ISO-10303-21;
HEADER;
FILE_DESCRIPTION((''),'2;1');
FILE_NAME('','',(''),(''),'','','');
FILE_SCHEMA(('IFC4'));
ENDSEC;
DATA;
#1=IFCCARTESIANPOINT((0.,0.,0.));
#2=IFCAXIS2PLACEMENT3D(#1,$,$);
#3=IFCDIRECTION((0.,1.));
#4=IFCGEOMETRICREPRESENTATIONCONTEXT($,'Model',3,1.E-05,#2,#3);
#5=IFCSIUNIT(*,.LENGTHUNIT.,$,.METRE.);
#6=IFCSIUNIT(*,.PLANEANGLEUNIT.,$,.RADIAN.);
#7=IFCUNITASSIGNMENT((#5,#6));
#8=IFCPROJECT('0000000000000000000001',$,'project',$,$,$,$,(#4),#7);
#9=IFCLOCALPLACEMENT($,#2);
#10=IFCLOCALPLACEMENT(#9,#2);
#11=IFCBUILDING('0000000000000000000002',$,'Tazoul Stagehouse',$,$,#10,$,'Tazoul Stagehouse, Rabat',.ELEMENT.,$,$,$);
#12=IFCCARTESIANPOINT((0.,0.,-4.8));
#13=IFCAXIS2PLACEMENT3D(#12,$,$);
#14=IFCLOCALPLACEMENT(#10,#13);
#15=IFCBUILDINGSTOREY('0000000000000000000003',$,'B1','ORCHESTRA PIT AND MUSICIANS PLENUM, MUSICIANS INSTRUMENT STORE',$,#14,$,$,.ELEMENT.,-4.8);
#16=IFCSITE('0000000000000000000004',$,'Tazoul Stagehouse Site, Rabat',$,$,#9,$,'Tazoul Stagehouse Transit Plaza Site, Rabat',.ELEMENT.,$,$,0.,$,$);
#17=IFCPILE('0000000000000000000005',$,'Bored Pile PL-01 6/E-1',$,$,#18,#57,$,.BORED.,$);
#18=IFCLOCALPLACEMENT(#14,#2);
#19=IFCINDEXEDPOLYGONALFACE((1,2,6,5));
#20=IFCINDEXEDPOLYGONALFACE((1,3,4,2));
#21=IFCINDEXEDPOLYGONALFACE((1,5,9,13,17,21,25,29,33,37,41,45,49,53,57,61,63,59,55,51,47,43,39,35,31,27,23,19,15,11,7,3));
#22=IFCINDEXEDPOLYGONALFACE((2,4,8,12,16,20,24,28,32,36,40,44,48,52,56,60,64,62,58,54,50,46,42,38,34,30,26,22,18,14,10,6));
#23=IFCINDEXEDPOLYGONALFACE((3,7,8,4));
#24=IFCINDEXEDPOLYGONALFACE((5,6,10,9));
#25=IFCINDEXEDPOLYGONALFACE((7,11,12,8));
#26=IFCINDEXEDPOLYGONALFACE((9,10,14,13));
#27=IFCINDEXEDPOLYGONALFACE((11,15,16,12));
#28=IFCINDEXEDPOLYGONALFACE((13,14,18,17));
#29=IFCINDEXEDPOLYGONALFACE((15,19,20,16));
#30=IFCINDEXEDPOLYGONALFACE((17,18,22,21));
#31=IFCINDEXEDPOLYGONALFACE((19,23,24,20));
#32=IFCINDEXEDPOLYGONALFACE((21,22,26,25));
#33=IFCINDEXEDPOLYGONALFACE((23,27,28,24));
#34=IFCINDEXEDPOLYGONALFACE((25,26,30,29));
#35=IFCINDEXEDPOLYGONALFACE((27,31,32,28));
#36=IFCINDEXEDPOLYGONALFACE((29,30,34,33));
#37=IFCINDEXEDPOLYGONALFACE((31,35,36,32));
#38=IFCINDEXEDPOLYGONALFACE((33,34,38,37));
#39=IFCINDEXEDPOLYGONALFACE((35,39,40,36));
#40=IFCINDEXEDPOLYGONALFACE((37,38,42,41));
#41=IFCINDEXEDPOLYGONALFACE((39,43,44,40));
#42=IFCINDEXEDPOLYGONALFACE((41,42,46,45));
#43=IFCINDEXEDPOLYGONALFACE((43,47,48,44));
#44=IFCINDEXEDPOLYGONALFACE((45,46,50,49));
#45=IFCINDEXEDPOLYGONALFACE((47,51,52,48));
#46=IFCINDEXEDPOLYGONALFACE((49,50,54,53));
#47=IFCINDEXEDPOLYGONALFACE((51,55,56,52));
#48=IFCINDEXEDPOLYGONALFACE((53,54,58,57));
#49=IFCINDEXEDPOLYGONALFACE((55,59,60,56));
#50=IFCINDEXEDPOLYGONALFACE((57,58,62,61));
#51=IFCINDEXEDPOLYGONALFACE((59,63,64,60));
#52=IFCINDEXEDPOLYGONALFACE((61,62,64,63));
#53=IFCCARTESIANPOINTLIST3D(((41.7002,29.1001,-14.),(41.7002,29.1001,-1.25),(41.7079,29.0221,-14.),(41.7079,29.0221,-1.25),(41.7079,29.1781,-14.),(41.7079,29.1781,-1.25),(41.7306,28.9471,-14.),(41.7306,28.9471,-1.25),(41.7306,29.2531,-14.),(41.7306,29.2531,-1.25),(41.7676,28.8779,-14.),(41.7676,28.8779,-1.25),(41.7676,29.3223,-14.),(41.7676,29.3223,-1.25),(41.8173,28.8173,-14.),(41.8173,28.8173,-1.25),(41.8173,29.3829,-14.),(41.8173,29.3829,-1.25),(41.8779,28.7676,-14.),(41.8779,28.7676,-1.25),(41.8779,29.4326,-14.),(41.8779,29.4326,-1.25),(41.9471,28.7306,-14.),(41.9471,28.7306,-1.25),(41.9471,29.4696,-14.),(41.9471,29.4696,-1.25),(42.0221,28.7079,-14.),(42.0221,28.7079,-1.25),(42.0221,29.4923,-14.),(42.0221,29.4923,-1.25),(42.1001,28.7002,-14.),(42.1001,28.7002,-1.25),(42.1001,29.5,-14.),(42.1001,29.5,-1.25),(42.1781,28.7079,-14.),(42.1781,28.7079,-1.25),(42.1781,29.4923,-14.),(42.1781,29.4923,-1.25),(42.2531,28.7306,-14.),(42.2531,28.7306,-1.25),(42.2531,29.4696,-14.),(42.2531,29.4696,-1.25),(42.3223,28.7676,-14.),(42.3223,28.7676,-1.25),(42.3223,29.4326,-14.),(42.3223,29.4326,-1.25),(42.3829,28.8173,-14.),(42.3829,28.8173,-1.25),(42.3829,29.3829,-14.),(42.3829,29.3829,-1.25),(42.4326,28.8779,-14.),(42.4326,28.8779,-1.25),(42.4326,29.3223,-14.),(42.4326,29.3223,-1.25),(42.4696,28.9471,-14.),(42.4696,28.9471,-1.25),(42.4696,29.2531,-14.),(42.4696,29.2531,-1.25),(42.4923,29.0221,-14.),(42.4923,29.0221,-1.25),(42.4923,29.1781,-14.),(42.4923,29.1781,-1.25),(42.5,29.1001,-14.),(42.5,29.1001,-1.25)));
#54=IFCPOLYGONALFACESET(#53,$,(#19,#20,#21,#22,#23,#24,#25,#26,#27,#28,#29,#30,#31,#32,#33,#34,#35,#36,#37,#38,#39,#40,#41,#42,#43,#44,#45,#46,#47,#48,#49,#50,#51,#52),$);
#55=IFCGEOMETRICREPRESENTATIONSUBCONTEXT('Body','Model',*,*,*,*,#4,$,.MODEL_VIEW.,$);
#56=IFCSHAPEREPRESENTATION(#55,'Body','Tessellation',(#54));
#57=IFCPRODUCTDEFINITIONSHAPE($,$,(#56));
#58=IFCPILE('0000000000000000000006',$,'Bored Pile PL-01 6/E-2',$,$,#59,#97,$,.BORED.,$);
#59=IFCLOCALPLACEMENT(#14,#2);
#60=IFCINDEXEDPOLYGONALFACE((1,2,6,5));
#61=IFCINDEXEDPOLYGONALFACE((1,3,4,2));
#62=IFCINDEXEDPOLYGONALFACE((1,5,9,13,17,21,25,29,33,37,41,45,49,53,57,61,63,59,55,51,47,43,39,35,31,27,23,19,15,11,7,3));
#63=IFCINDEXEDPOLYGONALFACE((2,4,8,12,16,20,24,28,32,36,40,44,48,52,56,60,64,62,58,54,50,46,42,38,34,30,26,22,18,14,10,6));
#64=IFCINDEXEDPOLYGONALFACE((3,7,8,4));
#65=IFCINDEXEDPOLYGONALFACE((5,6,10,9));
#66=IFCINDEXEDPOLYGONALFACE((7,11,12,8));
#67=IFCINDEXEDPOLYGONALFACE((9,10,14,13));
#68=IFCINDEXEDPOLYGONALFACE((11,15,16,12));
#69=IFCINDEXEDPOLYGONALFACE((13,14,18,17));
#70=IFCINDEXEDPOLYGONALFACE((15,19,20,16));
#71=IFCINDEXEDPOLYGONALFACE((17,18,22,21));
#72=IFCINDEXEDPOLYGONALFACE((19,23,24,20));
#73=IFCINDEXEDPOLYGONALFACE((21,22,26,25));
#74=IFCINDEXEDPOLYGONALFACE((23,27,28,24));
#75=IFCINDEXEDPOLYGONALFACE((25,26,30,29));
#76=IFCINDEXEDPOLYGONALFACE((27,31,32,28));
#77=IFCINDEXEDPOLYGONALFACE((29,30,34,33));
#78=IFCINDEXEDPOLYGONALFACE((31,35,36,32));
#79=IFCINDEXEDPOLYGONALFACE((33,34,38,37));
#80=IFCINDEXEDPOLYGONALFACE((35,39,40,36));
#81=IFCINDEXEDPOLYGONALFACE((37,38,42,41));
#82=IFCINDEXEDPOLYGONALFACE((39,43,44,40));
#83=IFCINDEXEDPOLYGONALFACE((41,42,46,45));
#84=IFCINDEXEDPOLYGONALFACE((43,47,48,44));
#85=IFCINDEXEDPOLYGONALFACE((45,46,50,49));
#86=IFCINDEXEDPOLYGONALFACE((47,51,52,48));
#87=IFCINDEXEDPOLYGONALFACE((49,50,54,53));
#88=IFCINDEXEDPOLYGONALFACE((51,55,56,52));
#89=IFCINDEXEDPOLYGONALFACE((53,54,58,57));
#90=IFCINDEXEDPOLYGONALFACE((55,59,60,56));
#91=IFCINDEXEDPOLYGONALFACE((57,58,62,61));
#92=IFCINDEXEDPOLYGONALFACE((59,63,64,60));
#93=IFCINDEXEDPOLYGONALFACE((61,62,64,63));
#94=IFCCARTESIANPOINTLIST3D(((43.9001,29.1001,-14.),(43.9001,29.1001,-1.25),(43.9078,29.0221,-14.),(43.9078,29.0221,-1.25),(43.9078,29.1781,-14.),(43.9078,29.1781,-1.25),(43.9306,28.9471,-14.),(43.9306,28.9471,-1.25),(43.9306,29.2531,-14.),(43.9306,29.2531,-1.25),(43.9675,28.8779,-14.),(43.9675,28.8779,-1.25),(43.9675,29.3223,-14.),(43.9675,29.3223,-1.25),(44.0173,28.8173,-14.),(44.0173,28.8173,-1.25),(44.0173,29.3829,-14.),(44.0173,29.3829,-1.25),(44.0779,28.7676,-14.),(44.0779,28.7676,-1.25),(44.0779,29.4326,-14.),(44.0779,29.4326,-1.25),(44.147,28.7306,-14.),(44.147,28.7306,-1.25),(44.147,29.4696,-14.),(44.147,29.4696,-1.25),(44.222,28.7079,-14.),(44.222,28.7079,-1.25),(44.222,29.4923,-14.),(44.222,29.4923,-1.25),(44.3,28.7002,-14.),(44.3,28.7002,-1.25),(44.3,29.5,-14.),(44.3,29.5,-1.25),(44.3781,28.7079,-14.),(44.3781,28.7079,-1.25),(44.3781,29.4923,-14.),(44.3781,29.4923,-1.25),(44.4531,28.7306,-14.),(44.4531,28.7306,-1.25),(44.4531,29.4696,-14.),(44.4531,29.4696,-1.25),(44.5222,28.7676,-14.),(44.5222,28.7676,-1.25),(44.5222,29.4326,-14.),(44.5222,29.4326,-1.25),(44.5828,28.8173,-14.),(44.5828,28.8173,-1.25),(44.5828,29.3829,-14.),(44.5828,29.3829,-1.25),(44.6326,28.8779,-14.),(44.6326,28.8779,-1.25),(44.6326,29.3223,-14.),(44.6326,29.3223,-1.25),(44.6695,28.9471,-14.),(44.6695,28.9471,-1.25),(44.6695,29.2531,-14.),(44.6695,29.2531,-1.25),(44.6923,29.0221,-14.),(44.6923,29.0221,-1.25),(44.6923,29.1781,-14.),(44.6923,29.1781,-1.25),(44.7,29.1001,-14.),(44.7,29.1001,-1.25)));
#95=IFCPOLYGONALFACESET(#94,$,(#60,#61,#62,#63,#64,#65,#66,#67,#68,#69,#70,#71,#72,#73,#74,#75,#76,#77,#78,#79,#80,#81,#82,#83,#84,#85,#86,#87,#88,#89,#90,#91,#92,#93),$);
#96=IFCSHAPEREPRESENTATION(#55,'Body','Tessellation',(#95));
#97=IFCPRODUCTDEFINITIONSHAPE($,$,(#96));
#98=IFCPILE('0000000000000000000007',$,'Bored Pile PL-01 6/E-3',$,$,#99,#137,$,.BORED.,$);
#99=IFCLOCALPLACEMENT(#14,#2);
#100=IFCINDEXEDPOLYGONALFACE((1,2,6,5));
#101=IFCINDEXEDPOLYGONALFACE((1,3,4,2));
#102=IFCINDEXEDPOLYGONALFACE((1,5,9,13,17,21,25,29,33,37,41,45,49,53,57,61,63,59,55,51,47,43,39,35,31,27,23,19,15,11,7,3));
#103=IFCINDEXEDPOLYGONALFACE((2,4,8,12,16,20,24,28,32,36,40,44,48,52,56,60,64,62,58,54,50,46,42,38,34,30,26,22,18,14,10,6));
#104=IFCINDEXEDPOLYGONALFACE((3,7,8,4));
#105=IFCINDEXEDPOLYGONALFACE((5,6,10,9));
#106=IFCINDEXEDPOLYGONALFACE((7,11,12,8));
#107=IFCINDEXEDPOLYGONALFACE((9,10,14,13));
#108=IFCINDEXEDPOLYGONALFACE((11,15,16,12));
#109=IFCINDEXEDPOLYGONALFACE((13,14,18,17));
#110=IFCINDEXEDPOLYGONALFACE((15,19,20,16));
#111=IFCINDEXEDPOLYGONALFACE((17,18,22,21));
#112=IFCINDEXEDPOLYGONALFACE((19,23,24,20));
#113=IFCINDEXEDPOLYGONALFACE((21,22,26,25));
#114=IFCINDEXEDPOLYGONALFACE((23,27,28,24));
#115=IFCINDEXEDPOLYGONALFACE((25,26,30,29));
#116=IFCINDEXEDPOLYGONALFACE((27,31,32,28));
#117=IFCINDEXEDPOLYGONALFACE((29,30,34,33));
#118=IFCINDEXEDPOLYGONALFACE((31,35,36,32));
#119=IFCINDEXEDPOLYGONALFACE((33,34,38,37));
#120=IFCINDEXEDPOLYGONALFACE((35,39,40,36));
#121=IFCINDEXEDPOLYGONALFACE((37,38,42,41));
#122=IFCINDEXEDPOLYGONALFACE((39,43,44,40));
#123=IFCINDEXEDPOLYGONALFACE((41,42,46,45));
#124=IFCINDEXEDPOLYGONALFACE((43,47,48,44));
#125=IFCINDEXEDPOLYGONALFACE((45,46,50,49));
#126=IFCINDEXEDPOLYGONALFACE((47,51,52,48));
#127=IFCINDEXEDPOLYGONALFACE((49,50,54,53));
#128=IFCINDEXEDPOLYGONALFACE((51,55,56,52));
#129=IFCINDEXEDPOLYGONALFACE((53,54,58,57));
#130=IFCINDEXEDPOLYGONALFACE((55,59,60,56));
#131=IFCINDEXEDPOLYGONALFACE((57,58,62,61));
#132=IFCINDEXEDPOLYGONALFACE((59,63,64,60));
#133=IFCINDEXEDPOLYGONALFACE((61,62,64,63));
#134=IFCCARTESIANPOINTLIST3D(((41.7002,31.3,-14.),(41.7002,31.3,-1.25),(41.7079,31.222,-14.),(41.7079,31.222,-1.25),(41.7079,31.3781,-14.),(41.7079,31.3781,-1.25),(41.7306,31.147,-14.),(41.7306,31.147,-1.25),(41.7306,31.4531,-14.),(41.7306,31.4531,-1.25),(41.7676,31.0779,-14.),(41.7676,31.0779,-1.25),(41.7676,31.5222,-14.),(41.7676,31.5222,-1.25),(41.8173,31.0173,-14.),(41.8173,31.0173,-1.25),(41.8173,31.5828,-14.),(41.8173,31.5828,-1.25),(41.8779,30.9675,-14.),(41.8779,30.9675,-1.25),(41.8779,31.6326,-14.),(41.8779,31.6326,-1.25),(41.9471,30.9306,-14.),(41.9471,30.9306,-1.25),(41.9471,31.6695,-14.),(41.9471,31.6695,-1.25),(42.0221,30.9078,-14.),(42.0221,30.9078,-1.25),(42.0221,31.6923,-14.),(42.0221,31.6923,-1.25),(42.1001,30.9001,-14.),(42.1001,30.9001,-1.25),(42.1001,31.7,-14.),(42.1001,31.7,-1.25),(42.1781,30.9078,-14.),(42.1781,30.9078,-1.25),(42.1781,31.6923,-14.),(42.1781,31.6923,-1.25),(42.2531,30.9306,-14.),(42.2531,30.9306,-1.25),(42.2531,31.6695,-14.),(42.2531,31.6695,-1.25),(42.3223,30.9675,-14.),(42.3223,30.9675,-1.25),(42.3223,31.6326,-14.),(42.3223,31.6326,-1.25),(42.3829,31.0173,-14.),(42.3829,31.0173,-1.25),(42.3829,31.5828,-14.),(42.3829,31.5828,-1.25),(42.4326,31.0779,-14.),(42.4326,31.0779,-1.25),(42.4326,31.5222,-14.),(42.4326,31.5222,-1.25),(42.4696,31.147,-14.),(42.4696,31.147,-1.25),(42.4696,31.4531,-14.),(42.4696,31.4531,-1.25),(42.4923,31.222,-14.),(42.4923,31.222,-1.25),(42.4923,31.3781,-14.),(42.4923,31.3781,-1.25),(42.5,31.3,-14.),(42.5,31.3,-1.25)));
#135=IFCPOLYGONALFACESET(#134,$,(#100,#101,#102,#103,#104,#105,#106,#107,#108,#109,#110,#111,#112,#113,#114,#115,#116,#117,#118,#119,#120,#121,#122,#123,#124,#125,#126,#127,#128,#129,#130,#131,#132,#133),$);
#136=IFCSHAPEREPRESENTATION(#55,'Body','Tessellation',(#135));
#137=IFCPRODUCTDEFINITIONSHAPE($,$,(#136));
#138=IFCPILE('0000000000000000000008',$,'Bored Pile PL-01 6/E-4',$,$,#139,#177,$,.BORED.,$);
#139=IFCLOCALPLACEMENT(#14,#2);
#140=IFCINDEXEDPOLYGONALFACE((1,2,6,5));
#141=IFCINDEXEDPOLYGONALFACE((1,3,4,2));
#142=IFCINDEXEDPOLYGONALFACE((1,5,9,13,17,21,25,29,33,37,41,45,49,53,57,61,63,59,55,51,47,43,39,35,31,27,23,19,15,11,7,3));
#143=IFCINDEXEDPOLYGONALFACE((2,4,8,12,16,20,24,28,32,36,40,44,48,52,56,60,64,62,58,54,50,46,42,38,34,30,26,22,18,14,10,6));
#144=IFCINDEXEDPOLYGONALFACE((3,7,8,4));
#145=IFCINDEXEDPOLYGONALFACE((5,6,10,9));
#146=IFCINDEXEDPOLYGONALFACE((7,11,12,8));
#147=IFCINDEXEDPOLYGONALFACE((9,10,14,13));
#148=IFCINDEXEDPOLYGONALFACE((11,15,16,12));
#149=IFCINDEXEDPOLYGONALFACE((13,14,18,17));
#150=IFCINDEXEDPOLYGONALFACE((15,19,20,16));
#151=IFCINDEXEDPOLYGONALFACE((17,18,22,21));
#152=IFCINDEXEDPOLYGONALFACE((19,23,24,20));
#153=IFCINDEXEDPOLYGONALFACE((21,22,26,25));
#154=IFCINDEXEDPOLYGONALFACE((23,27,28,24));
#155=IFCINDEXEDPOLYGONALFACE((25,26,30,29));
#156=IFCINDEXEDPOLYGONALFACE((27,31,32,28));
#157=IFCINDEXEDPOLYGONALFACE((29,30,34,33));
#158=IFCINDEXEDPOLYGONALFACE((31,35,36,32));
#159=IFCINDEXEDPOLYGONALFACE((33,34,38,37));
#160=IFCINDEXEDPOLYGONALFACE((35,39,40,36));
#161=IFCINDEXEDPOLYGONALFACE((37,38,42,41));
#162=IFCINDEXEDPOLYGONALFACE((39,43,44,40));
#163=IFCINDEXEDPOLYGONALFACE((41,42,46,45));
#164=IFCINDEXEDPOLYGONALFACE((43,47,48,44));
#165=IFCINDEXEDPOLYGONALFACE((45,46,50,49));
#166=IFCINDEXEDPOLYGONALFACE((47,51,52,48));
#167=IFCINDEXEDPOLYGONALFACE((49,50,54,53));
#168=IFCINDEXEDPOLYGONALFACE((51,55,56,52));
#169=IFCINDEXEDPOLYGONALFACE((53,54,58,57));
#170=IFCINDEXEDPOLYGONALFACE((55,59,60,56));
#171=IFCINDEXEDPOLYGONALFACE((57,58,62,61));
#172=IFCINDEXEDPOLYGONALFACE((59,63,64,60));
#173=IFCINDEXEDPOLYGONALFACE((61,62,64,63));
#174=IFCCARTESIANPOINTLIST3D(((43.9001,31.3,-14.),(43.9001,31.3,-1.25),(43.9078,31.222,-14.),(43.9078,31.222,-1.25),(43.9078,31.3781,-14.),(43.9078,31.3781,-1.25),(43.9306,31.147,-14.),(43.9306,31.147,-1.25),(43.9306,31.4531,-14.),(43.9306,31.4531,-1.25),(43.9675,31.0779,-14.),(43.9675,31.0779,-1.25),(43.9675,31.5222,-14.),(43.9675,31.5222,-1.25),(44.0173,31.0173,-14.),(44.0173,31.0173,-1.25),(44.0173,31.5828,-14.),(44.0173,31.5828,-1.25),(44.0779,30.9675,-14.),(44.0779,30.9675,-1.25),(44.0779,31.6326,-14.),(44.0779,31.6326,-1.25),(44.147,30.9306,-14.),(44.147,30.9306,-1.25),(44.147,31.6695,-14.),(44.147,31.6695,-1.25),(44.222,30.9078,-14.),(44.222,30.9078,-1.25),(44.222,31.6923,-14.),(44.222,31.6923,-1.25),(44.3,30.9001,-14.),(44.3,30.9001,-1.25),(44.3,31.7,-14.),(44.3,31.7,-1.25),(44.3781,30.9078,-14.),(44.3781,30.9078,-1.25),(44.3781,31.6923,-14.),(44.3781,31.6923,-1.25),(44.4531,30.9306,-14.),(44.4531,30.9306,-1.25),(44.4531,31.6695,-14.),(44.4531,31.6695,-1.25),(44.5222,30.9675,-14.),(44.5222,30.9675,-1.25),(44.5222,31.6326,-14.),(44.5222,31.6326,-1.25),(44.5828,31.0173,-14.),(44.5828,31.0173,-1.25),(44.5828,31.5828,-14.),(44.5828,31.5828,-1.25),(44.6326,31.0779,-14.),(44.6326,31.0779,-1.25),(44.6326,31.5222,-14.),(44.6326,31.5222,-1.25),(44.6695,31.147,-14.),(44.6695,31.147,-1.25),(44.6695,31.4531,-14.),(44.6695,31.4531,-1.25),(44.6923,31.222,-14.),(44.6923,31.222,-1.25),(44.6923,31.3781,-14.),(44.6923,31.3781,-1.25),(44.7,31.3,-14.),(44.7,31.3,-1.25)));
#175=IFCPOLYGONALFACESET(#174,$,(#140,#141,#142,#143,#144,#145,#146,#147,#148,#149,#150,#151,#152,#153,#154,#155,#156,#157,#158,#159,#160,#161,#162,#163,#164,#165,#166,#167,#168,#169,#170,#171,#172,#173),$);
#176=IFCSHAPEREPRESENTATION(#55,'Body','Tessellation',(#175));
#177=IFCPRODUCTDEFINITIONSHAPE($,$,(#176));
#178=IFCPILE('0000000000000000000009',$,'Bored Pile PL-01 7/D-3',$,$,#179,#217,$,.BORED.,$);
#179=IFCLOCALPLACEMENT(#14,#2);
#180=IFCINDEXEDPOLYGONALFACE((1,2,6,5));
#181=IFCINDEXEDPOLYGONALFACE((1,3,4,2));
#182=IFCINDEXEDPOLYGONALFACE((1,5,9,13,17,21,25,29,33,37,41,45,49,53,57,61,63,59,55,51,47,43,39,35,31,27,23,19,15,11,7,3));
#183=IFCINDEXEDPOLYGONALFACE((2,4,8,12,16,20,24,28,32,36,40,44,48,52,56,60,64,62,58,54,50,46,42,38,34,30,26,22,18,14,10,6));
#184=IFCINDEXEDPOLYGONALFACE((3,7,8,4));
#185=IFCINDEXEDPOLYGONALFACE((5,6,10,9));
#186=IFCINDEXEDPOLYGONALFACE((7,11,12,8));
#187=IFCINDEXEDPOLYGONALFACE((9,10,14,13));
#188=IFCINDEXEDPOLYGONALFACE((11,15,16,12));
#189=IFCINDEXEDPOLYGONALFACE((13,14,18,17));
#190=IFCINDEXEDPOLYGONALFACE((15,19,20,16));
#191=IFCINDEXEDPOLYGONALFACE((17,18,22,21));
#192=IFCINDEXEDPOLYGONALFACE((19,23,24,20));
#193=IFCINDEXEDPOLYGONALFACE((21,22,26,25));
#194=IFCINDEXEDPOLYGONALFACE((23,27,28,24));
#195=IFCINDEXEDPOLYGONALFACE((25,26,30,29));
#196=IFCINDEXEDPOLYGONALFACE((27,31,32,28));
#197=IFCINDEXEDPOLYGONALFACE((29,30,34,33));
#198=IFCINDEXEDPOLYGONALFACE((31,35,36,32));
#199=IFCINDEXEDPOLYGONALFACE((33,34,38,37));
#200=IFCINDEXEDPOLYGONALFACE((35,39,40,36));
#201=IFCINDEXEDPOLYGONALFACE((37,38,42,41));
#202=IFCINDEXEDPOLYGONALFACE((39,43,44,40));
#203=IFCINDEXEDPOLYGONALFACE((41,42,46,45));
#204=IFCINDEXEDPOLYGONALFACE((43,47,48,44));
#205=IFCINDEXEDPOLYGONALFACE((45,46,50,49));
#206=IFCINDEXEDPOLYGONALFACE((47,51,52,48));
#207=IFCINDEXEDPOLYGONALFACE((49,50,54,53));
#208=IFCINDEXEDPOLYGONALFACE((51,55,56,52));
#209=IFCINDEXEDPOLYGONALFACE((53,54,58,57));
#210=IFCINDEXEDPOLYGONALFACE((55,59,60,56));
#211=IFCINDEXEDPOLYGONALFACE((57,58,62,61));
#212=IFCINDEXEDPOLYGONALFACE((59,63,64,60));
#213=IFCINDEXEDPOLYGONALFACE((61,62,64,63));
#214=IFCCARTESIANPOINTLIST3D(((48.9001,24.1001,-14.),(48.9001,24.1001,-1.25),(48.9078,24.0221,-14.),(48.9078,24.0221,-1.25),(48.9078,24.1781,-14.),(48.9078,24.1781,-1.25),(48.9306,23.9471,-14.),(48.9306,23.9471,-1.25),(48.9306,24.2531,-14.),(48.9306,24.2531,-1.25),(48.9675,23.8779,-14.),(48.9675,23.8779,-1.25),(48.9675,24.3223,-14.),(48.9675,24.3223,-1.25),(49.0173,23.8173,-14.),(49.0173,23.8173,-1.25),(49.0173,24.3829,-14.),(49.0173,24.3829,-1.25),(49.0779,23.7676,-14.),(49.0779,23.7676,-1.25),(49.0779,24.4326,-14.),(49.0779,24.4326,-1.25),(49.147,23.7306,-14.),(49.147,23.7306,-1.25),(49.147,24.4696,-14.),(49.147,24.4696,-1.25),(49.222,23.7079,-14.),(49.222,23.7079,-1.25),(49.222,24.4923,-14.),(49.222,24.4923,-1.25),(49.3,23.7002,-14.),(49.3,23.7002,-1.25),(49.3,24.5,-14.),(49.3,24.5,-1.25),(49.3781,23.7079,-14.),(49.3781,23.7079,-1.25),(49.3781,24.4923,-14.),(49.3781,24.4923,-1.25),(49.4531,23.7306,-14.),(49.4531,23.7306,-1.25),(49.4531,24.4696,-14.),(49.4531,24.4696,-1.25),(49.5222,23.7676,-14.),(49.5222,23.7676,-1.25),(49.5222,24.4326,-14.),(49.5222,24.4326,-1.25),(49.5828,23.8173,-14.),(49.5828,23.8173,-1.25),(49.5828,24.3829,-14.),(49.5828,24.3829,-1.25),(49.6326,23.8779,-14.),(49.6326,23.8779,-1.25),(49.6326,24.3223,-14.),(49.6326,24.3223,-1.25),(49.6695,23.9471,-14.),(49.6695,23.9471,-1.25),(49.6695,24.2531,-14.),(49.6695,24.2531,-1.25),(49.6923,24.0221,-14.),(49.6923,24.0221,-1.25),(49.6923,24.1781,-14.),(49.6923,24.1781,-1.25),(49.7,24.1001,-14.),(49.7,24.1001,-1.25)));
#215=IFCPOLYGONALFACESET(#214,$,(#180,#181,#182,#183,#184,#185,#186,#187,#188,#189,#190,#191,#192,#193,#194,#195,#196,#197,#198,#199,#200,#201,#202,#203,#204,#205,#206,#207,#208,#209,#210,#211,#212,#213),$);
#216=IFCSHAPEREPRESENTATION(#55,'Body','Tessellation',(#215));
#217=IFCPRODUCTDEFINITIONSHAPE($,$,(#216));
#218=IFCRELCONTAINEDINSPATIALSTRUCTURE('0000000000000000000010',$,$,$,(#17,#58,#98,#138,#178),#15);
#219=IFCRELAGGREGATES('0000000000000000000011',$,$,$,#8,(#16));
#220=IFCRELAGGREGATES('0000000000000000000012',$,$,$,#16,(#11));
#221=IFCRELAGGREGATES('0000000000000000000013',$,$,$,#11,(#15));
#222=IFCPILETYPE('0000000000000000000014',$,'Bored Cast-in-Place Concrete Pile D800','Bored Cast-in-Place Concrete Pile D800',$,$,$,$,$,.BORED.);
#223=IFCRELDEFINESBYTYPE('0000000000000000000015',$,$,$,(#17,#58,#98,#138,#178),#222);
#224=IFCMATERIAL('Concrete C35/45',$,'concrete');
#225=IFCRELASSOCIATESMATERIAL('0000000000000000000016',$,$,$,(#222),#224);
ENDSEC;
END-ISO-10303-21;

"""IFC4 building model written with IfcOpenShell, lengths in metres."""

from ifc_helpers import new_model, si_unit, direction, frame, origin, origin_2d, place, context, subcontext, project, spatial, circle, extrude, material, material_profile, profile_set, type_object, element, save


model = new_model("IFC4")

# Units and contexts
model_context = context("Model", 3, precision=1e-05, world=origin(), true_north=direction((0.0, 1.0)))
body_context = subcontext(model_context, "Body", "Model", "MODEL_VIEW")
ifc_project = project(units=[si_unit("LENGTHUNIT", "METRE"), si_unit("PLANEANGLEUNIT", "RADIAN")], contexts=[model_context])

# Site, building, storey
site_placement = place(None, origin())
site = spatial("IfcSite", under=ifc_project, at=site_placement, Name="Tazoul Stagehouse Site, Rabat", LongName="Tazoul Stagehouse Transit Plaza Site, Rabat", CompositionType="ELEMENT", RefElevation=0.0)
building_placement = place(site_placement, origin())
building = spatial("IfcBuilding", under=site, at=building_placement, Name="Tazoul Stagehouse", LongName="Tazoul Stagehouse, Rabat", CompositionType="ELEMENT")
storey_placement = place(building_placement, frame((0.0, 0.0, -4.8)))
storey = spatial("IfcBuildingStorey", under=building, at=storey_placement, Name="B1", Description="ORCHESTRA PIT AND MUSICIANS PLENUM, MUSICIANS INSTRUMENT STORE", CompositionType="ELEMENT", Elevation=-4.8)

# Piles
ifc_material_1 = material(Name="Concrete C35/45", Category="concrete")
ifc_material_profile_1 = material_profile(ifc_material_1, circle(Radius=0.3999, at=origin_2d()), Name="BORED PILE 800")
ifc_profile_set_1 = profile_set([ifc_material_profile_1], Name="Concrete C35/45")
pile_type = type_object("IfcPileType", Name="Bored Cast-in-Place Concrete Pile D800", Description="Bored Cast-in-Place Concrete Pile D800", PredefinedType="BORED", material=ifc_profile_set_1)
for number, where, z_axis, x_axis, name in (
    (1, (42.1001, 29.1001, -1.25), (0.0, 0.0, -1.0), (1.0, 0.0, 0.0), "Bored Pile PL-01 6/E-1"),
    (2, (44.3, 29.1001, -1.25), (0.0, 0.0, -1.0), (1.0, 0.0, 0.0), "Bored Pile PL-01 6/E-2"),
    (3, (42.1001, 31.3, -1.25), (0.0, 0.0, -1.0), (1.0, 0.0, 0.0), "Bored Pile PL-01 6/E-3"),
    (4, (44.3, 31.3, -1.25), (0.0, 0.0, -1.0), (1.0, 0.0, 0.0), "Bored Pile PL-01 6/E-4"),
    (5, (49.3, 24.1001, -1.25), (0.0, 0.0, -1.0), (1.0, 0.0, 0.0), "Bored Pile PL-01 7/D-3"),
):
    element("IfcPile", number, at=place(storey_placement, frame(where, z_axis=z_axis, x_axis=x_axis)), inside=storey, type_object=pile_type, Name=name, PredefinedType="BORED", context=body_context, shape_type="SweptSolid", body=[
        extrude(circle(Radius=0.3999, at=origin_2d()), origin(), (0.0, 0.0, 1.0), 12.75),
    ])

save(model, "model.ifc")
